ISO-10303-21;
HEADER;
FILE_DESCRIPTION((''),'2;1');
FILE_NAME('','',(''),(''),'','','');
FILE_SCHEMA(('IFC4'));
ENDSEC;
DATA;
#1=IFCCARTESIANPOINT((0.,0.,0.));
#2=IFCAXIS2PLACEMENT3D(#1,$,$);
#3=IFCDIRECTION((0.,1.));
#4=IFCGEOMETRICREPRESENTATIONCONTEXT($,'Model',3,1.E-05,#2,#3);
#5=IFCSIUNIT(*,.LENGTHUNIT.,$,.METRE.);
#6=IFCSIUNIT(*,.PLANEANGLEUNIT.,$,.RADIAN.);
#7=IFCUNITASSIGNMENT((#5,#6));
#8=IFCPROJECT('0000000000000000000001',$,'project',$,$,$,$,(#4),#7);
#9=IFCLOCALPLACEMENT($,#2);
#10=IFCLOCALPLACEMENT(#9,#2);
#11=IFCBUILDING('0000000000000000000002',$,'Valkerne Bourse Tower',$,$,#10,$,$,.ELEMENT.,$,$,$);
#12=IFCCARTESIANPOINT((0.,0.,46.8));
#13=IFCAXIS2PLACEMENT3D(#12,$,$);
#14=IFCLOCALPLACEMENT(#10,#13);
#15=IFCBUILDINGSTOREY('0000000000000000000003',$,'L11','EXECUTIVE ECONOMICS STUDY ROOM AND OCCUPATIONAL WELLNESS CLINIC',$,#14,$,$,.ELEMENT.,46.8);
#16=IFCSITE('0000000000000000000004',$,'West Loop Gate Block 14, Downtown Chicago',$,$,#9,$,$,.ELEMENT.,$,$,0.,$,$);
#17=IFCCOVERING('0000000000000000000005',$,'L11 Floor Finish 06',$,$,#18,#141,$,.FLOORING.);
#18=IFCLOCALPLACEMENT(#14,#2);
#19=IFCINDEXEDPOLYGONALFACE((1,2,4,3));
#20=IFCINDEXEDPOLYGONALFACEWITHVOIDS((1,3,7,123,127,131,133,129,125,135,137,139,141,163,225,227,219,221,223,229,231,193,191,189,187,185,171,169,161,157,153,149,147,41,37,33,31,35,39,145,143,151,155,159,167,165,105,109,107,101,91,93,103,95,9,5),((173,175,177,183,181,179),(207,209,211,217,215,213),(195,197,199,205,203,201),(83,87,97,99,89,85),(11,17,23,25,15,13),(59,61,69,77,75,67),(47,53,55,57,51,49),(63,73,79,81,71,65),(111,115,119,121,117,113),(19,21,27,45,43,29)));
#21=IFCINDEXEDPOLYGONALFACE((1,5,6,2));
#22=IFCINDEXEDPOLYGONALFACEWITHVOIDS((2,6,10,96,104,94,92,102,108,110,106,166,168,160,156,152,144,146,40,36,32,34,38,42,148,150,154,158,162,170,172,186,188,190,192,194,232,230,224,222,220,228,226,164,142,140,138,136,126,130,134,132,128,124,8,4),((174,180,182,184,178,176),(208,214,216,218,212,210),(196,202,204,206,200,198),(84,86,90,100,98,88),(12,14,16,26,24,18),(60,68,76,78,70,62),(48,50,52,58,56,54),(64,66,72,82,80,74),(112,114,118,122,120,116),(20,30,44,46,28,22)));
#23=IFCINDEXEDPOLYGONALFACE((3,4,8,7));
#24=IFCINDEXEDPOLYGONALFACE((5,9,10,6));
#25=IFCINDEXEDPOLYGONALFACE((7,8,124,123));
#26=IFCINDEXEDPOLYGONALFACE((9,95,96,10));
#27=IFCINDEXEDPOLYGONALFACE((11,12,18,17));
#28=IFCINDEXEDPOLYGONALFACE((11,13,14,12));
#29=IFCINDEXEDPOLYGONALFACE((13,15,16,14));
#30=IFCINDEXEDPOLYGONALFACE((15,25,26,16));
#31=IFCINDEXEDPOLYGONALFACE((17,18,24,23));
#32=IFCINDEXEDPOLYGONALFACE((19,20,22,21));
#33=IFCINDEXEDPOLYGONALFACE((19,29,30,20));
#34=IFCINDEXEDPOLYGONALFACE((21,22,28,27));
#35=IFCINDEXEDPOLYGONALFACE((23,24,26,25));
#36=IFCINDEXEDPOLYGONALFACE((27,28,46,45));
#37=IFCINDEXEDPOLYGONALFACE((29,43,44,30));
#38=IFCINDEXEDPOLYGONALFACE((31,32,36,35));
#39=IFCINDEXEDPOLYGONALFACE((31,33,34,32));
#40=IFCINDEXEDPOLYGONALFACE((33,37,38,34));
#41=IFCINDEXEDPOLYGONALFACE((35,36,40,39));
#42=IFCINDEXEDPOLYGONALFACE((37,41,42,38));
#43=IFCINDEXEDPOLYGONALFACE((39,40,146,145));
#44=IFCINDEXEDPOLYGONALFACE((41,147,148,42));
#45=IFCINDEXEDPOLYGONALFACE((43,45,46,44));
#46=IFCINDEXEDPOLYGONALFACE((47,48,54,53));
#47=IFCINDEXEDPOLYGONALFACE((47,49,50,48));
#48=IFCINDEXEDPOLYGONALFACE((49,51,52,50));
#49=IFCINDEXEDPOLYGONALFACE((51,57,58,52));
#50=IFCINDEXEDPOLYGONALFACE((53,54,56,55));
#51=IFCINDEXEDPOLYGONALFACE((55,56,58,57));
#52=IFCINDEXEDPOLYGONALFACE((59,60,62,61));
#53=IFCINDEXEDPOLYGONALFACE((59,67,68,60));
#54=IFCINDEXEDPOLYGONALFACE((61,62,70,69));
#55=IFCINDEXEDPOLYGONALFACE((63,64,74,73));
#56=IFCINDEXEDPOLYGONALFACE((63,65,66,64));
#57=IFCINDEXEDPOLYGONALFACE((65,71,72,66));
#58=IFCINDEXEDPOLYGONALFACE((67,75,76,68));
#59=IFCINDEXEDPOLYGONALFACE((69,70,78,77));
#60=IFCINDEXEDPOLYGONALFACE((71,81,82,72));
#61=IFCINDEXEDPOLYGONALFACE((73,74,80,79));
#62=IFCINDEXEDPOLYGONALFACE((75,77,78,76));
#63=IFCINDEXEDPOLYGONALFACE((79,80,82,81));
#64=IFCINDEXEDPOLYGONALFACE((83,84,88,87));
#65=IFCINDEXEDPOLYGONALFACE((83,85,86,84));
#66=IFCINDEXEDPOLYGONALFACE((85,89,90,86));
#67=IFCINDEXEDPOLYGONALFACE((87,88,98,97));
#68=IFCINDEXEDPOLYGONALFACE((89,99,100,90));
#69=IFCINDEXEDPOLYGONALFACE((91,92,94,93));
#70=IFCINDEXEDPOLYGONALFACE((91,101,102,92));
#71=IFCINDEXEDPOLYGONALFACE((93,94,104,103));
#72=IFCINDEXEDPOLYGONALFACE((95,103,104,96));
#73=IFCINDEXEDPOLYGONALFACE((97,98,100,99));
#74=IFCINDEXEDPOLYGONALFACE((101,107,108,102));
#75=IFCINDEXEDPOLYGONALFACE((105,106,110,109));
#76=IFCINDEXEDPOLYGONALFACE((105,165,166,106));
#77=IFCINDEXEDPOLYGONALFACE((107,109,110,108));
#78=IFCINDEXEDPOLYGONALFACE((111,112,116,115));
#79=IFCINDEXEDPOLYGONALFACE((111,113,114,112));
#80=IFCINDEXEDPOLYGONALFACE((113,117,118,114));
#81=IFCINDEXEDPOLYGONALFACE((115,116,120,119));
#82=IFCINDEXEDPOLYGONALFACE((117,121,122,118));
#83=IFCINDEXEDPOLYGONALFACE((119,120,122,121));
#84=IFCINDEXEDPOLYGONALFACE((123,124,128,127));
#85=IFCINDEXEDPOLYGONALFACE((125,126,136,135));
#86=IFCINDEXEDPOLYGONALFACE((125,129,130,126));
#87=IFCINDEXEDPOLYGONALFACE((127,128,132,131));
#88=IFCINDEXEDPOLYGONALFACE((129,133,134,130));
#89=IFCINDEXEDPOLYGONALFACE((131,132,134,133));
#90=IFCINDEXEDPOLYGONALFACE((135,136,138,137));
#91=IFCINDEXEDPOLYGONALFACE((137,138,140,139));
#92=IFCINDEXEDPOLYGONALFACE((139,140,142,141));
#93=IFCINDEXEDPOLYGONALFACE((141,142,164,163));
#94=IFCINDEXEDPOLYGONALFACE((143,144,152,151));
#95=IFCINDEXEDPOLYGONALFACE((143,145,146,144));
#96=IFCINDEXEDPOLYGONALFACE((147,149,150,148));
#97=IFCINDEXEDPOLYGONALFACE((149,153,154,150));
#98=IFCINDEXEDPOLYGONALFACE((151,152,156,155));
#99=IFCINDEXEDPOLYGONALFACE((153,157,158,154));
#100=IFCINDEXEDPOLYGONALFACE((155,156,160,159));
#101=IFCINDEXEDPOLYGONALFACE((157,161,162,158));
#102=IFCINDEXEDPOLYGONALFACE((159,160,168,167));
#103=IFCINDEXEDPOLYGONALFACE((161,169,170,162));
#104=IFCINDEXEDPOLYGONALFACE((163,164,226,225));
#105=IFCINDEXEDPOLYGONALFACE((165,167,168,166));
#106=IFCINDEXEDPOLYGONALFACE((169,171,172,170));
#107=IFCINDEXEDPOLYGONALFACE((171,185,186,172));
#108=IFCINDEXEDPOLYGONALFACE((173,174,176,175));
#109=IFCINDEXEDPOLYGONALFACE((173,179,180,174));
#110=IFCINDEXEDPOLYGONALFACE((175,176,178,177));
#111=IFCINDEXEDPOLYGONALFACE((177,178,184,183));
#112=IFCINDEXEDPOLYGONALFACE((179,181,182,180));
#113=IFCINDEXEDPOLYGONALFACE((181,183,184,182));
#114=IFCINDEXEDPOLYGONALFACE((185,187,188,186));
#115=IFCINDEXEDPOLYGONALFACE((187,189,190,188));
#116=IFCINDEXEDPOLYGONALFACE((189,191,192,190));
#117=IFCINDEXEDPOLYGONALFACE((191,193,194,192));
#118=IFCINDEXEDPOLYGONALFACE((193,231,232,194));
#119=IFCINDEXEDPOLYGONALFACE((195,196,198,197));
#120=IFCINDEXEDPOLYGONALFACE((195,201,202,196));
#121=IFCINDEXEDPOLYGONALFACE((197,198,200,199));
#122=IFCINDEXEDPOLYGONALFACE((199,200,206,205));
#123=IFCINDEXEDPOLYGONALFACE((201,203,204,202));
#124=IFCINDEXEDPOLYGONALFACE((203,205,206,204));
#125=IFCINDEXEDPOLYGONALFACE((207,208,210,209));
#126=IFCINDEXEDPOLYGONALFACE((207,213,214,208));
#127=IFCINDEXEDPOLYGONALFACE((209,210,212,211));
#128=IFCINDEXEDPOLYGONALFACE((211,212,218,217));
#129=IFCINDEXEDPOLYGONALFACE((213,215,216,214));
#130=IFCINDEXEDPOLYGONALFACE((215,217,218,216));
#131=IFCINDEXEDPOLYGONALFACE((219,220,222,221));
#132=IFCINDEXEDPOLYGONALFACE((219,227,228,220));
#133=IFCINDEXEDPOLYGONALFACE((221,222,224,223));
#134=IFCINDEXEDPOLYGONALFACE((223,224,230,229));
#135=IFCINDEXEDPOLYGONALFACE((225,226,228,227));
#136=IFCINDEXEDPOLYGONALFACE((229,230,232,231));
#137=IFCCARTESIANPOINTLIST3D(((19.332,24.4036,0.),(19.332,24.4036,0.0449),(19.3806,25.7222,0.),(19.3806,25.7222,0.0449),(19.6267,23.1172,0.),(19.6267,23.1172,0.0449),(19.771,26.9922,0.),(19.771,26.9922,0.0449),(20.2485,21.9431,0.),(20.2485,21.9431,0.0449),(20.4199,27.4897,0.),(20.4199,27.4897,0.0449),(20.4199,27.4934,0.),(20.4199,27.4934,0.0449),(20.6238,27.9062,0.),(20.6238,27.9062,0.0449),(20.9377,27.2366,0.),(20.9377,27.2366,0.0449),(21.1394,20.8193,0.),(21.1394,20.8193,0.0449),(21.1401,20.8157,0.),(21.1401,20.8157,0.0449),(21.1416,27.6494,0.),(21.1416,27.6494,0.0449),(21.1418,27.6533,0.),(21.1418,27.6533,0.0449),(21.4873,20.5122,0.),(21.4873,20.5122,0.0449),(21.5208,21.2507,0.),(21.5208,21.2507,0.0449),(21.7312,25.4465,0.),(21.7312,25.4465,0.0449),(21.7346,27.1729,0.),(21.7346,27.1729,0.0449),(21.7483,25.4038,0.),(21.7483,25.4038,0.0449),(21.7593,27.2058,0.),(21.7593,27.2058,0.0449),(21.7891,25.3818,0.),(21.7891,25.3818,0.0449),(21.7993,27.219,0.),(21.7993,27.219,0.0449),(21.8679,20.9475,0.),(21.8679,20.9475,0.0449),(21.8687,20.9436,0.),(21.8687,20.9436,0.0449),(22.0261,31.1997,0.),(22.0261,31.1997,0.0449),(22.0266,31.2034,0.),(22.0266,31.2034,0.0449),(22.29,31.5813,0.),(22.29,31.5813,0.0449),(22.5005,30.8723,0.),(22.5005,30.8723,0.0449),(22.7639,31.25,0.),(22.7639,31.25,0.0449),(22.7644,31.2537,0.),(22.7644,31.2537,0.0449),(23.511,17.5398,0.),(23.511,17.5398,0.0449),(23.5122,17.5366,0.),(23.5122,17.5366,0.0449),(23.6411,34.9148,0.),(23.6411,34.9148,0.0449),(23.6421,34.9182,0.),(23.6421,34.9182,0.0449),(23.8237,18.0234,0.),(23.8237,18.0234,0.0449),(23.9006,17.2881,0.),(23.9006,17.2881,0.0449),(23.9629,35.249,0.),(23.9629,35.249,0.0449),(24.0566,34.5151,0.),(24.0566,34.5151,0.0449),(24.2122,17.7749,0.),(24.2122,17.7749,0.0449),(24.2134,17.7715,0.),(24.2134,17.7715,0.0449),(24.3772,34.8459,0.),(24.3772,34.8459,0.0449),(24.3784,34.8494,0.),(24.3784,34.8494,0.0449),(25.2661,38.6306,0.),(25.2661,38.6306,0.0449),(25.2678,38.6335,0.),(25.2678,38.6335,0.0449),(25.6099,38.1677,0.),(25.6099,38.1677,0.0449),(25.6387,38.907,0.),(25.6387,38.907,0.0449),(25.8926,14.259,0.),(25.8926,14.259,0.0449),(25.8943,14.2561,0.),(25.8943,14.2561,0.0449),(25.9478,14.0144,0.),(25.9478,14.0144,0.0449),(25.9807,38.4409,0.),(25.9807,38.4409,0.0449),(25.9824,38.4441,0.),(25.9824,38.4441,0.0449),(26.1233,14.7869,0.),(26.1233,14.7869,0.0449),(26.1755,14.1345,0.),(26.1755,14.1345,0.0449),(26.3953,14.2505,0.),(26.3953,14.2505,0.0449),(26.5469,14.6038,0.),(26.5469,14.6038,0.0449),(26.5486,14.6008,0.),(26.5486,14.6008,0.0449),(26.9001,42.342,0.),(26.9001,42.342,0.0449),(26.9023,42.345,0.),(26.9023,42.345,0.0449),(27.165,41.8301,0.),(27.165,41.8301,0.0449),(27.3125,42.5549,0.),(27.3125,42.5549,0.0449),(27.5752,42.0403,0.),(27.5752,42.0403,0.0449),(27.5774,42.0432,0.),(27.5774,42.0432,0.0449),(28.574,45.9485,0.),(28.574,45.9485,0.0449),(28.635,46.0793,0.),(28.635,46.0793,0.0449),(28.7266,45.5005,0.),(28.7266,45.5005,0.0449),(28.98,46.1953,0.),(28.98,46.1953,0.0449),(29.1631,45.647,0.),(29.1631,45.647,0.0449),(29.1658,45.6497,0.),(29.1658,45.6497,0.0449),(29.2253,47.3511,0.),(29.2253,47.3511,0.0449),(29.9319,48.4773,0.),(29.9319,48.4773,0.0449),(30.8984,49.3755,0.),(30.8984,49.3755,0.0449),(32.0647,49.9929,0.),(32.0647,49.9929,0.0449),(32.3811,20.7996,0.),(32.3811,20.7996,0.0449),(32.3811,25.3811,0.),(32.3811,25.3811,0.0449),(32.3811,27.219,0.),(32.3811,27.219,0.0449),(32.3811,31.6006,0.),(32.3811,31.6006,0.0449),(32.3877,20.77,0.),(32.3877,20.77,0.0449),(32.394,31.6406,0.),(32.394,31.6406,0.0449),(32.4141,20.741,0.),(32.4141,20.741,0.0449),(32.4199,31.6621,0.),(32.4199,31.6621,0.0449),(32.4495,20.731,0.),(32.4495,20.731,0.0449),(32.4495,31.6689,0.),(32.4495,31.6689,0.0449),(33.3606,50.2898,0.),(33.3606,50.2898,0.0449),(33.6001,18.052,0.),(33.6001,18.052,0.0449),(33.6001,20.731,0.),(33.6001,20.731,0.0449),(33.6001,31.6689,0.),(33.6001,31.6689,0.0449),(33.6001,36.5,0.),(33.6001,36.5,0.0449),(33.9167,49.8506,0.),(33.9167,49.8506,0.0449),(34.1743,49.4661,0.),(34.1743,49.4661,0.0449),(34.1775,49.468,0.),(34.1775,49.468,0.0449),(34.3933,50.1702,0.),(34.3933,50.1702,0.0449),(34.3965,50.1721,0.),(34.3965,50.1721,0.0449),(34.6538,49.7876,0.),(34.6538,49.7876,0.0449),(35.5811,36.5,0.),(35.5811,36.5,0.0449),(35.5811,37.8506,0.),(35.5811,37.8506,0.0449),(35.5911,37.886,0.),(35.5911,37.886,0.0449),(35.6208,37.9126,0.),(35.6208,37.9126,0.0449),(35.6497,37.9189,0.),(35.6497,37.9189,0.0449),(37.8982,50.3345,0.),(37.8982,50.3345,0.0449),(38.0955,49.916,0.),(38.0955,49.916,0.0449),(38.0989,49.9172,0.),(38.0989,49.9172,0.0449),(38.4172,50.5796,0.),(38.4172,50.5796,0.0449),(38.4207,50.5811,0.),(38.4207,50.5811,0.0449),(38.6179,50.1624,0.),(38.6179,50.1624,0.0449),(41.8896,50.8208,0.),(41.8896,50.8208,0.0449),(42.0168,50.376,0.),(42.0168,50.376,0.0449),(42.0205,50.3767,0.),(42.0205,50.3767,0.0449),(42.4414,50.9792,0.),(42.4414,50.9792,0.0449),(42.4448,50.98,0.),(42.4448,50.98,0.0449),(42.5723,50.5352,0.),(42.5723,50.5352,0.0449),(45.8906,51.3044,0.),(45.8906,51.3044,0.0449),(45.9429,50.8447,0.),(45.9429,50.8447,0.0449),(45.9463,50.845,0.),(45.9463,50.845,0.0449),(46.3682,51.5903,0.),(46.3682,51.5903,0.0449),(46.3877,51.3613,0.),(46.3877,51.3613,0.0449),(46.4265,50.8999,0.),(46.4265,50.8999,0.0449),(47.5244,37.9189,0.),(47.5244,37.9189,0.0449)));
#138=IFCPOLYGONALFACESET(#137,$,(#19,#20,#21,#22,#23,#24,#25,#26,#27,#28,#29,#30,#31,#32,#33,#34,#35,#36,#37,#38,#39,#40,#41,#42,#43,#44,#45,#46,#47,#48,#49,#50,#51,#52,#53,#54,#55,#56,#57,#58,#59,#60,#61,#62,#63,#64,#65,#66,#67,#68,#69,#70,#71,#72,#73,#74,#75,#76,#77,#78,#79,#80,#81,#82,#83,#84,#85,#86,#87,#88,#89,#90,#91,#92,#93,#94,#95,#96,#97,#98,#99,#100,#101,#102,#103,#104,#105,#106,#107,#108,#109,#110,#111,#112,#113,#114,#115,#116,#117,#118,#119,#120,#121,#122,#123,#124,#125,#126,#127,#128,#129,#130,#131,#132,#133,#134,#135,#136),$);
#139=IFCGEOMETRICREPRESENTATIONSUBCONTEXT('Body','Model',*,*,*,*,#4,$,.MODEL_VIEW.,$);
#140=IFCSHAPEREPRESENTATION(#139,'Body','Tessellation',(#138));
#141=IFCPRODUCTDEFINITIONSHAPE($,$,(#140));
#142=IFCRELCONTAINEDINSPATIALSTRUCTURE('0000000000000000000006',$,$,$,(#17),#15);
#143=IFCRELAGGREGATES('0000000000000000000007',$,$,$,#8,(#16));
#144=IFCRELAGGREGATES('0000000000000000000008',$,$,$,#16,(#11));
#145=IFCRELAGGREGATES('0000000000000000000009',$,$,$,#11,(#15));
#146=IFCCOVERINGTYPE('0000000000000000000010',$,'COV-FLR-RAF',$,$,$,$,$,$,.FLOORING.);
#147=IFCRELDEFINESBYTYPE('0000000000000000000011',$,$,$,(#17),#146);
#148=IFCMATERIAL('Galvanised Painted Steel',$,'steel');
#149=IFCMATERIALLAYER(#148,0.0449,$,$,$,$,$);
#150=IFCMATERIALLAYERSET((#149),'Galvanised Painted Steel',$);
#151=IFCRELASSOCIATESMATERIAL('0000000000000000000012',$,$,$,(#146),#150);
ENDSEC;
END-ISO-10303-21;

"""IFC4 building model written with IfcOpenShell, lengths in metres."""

from ifc_helpers import new_model, si_unit, direction, frame, origin, place, context, subcontext, project, spatial, polyline, outline, extrude, material, layer, layer_set, type_object, element, save


model = new_model("IFC4")

# Units and contexts
model_context = context("Model", 3, precision=1e-05, world=origin(), true_north=direction((0.0, 1.0)))
body_context = subcontext(model_context, "Body", "Model", "MODEL_VIEW")
ifc_project = project(units=[si_unit("LENGTHUNIT", "METRE"), si_unit("PLANEANGLEUNIT", "RADIAN")], contexts=[model_context])

# Site, building, storey
site_placement = place(None, origin())
site = spatial("IfcSite", under=ifc_project, at=site_placement, Name="West Loop Gate Block 14, Downtown Chicago", CompositionType="ELEMENT", RefElevation=0.0)
building_placement = place(site_placement, origin())
building = spatial("IfcBuilding", under=site, at=building_placement, Name="Valkerne Bourse Tower", CompositionType="ELEMENT")
storey_placement = place(building_placement, frame((0.0, 0.0, 46.8)))
storey = spatial("IfcBuildingStorey", under=building, at=storey_placement, Name="L11", Description="EXECUTIVE ECONOMICS STUDY ROOM AND OCCUPATIONAL WELLNESS CLINIC", CompositionType="ELEMENT", Elevation=46.8)

# Covering
ifc_material_1 = material(Name="Galvanised Painted Steel", Category="steel")
ifc_layer_1 = layer(ifc_material_1, 0.0449)
ifc_layer_set_1 = layer_set([ifc_layer_1], Name="Galvanised Painted Steel")
covering_type_1 = type_object("IfcCoveringType", Name="COV-FLR-RAF", PredefinedType="FLOORING", material=ifc_layer_set_1)
covering_1_placement = place(storey_placement, origin())
element("IfcCovering", 1, at=covering_1_placement, inside=storey, type_object=covering_type_1, Name="L11 Floor Finish 06", PredefinedType="FLOORING", context=body_context, shape_type="SweptSolid", body=[
    extrude(outline(polyline([(19.332, 24.4036), (19.3806, 25.7222), (19.771, 26.9922), (28.574, 45.9485), (28.7266, 45.5005), (29.1631, 45.647), (29.1658, 45.6497), (28.98, 46.1953), (28.635, 46.0793), (29.2253, 47.3511), (29.9319, 48.4773), (30.8984, 49.3755), (32.0647, 49.9929), (33.3606, 50.2898), (46.3682, 51.5903), (46.3877, 51.3613), (45.8906, 51.3044), (45.9429, 50.8447), (45.9463, 50.845), (46.4265, 50.8999), (47.5244, 37.9189), (35.6497, 37.9189), (35.6208, 37.9126), (35.5911, 37.886), (35.5811, 37.8506), (35.5811, 36.5), (33.6001, 36.5), (33.6001, 31.6689), (32.4495, 31.6689), (32.4199, 31.6621), (32.394, 31.6406), (32.3811, 31.6006), (32.3811, 27.219), (21.7993, 27.219), (21.7593, 27.2058), (21.7346, 27.1729), (21.7312, 25.4465), (21.7483, 25.4038), (21.7891, 25.3818), (32.3811, 25.3811), (32.3811, 20.7996), (32.3877, 20.77), (32.4141, 20.741), (32.4495, 20.731), (33.6001, 20.731), (33.6001, 18.052), (26.3953, 14.2505), (26.5486, 14.6008), (26.5469, 14.6038), (26.1233, 14.7869), (25.8926, 14.259), (25.8943, 14.2561), (26.1755, 14.1345), (25.9478, 14.0144), (20.2485, 21.9431), (19.6267, 23.1172), (19.332, 24.4036)]), holes=[polyline([(24.2122, 17.7749), (23.8237, 18.0234), (23.511, 17.5398), (23.5122, 17.5366), (23.9006, 17.2881), (24.2134, 17.7715), (24.2122, 17.7749)]), polyline([(21.8687, 20.9436), (21.8679, 20.9475), (21.5208, 21.2507), (21.1394, 20.8193), (21.1401, 20.8157), (21.4873, 20.5122), (21.8687, 20.9436)]), polyline([(21.1418, 27.6533), (20.6238, 27.9062), (20.4199, 27.4934), (20.4199, 27.4897), (20.9377, 27.2366), (21.1416, 27.6494), (21.1418, 27.6533)]), polyline([(22.7639, 31.25), (22.7644, 31.2537), (22.29, 31.5813), (22.0266, 31.2034), (22.0261, 31.1997), (22.5005, 30.8723), (22.7639, 31.25)]), polyline([(24.3784, 34.8494), (23.9629, 35.249), (23.6421, 34.9182), (23.6411, 34.9148), (24.0566, 34.5151), (24.3772, 34.8459), (24.3784, 34.8494)]), polyline([(25.9807, 38.4409), (25.9824, 38.4441), (25.6387, 38.907), (25.2678, 38.6335), (25.2661, 38.6306), (25.6099, 38.1677), (25.9807, 38.4409)]), polyline([(27.5752, 42.0403), (27.5774, 42.0432), (27.3125, 42.5549), (26.9023, 42.345), (26.9001, 42.342), (27.165, 41.8301), (27.5752, 42.0403)]), polyline([(34.1775, 49.468), (34.6538, 49.7876), (34.3965, 50.1721), (34.3933, 50.1702), (33.9167, 49.8506), (34.1743, 49.4661), (34.1775, 49.468)]), polyline([(38.0989, 49.9172), (38.6179, 50.1624), (38.4207, 50.5811), (38.4172, 50.5796), (37.8982, 50.3345), (38.0955, 49.916), (38.0989, 49.9172)]), polyline([(42.0205, 50.3767), (42.5723, 50.5352), (42.4448, 50.98), (42.4414, 50.9792), (41.8896, 50.8208), (42.0168, 50.376), (42.0205, 50.3767)])]), origin(), (0.0, 0.0, 1.0), 0.0449),
])

save(model, "model.ifc")
